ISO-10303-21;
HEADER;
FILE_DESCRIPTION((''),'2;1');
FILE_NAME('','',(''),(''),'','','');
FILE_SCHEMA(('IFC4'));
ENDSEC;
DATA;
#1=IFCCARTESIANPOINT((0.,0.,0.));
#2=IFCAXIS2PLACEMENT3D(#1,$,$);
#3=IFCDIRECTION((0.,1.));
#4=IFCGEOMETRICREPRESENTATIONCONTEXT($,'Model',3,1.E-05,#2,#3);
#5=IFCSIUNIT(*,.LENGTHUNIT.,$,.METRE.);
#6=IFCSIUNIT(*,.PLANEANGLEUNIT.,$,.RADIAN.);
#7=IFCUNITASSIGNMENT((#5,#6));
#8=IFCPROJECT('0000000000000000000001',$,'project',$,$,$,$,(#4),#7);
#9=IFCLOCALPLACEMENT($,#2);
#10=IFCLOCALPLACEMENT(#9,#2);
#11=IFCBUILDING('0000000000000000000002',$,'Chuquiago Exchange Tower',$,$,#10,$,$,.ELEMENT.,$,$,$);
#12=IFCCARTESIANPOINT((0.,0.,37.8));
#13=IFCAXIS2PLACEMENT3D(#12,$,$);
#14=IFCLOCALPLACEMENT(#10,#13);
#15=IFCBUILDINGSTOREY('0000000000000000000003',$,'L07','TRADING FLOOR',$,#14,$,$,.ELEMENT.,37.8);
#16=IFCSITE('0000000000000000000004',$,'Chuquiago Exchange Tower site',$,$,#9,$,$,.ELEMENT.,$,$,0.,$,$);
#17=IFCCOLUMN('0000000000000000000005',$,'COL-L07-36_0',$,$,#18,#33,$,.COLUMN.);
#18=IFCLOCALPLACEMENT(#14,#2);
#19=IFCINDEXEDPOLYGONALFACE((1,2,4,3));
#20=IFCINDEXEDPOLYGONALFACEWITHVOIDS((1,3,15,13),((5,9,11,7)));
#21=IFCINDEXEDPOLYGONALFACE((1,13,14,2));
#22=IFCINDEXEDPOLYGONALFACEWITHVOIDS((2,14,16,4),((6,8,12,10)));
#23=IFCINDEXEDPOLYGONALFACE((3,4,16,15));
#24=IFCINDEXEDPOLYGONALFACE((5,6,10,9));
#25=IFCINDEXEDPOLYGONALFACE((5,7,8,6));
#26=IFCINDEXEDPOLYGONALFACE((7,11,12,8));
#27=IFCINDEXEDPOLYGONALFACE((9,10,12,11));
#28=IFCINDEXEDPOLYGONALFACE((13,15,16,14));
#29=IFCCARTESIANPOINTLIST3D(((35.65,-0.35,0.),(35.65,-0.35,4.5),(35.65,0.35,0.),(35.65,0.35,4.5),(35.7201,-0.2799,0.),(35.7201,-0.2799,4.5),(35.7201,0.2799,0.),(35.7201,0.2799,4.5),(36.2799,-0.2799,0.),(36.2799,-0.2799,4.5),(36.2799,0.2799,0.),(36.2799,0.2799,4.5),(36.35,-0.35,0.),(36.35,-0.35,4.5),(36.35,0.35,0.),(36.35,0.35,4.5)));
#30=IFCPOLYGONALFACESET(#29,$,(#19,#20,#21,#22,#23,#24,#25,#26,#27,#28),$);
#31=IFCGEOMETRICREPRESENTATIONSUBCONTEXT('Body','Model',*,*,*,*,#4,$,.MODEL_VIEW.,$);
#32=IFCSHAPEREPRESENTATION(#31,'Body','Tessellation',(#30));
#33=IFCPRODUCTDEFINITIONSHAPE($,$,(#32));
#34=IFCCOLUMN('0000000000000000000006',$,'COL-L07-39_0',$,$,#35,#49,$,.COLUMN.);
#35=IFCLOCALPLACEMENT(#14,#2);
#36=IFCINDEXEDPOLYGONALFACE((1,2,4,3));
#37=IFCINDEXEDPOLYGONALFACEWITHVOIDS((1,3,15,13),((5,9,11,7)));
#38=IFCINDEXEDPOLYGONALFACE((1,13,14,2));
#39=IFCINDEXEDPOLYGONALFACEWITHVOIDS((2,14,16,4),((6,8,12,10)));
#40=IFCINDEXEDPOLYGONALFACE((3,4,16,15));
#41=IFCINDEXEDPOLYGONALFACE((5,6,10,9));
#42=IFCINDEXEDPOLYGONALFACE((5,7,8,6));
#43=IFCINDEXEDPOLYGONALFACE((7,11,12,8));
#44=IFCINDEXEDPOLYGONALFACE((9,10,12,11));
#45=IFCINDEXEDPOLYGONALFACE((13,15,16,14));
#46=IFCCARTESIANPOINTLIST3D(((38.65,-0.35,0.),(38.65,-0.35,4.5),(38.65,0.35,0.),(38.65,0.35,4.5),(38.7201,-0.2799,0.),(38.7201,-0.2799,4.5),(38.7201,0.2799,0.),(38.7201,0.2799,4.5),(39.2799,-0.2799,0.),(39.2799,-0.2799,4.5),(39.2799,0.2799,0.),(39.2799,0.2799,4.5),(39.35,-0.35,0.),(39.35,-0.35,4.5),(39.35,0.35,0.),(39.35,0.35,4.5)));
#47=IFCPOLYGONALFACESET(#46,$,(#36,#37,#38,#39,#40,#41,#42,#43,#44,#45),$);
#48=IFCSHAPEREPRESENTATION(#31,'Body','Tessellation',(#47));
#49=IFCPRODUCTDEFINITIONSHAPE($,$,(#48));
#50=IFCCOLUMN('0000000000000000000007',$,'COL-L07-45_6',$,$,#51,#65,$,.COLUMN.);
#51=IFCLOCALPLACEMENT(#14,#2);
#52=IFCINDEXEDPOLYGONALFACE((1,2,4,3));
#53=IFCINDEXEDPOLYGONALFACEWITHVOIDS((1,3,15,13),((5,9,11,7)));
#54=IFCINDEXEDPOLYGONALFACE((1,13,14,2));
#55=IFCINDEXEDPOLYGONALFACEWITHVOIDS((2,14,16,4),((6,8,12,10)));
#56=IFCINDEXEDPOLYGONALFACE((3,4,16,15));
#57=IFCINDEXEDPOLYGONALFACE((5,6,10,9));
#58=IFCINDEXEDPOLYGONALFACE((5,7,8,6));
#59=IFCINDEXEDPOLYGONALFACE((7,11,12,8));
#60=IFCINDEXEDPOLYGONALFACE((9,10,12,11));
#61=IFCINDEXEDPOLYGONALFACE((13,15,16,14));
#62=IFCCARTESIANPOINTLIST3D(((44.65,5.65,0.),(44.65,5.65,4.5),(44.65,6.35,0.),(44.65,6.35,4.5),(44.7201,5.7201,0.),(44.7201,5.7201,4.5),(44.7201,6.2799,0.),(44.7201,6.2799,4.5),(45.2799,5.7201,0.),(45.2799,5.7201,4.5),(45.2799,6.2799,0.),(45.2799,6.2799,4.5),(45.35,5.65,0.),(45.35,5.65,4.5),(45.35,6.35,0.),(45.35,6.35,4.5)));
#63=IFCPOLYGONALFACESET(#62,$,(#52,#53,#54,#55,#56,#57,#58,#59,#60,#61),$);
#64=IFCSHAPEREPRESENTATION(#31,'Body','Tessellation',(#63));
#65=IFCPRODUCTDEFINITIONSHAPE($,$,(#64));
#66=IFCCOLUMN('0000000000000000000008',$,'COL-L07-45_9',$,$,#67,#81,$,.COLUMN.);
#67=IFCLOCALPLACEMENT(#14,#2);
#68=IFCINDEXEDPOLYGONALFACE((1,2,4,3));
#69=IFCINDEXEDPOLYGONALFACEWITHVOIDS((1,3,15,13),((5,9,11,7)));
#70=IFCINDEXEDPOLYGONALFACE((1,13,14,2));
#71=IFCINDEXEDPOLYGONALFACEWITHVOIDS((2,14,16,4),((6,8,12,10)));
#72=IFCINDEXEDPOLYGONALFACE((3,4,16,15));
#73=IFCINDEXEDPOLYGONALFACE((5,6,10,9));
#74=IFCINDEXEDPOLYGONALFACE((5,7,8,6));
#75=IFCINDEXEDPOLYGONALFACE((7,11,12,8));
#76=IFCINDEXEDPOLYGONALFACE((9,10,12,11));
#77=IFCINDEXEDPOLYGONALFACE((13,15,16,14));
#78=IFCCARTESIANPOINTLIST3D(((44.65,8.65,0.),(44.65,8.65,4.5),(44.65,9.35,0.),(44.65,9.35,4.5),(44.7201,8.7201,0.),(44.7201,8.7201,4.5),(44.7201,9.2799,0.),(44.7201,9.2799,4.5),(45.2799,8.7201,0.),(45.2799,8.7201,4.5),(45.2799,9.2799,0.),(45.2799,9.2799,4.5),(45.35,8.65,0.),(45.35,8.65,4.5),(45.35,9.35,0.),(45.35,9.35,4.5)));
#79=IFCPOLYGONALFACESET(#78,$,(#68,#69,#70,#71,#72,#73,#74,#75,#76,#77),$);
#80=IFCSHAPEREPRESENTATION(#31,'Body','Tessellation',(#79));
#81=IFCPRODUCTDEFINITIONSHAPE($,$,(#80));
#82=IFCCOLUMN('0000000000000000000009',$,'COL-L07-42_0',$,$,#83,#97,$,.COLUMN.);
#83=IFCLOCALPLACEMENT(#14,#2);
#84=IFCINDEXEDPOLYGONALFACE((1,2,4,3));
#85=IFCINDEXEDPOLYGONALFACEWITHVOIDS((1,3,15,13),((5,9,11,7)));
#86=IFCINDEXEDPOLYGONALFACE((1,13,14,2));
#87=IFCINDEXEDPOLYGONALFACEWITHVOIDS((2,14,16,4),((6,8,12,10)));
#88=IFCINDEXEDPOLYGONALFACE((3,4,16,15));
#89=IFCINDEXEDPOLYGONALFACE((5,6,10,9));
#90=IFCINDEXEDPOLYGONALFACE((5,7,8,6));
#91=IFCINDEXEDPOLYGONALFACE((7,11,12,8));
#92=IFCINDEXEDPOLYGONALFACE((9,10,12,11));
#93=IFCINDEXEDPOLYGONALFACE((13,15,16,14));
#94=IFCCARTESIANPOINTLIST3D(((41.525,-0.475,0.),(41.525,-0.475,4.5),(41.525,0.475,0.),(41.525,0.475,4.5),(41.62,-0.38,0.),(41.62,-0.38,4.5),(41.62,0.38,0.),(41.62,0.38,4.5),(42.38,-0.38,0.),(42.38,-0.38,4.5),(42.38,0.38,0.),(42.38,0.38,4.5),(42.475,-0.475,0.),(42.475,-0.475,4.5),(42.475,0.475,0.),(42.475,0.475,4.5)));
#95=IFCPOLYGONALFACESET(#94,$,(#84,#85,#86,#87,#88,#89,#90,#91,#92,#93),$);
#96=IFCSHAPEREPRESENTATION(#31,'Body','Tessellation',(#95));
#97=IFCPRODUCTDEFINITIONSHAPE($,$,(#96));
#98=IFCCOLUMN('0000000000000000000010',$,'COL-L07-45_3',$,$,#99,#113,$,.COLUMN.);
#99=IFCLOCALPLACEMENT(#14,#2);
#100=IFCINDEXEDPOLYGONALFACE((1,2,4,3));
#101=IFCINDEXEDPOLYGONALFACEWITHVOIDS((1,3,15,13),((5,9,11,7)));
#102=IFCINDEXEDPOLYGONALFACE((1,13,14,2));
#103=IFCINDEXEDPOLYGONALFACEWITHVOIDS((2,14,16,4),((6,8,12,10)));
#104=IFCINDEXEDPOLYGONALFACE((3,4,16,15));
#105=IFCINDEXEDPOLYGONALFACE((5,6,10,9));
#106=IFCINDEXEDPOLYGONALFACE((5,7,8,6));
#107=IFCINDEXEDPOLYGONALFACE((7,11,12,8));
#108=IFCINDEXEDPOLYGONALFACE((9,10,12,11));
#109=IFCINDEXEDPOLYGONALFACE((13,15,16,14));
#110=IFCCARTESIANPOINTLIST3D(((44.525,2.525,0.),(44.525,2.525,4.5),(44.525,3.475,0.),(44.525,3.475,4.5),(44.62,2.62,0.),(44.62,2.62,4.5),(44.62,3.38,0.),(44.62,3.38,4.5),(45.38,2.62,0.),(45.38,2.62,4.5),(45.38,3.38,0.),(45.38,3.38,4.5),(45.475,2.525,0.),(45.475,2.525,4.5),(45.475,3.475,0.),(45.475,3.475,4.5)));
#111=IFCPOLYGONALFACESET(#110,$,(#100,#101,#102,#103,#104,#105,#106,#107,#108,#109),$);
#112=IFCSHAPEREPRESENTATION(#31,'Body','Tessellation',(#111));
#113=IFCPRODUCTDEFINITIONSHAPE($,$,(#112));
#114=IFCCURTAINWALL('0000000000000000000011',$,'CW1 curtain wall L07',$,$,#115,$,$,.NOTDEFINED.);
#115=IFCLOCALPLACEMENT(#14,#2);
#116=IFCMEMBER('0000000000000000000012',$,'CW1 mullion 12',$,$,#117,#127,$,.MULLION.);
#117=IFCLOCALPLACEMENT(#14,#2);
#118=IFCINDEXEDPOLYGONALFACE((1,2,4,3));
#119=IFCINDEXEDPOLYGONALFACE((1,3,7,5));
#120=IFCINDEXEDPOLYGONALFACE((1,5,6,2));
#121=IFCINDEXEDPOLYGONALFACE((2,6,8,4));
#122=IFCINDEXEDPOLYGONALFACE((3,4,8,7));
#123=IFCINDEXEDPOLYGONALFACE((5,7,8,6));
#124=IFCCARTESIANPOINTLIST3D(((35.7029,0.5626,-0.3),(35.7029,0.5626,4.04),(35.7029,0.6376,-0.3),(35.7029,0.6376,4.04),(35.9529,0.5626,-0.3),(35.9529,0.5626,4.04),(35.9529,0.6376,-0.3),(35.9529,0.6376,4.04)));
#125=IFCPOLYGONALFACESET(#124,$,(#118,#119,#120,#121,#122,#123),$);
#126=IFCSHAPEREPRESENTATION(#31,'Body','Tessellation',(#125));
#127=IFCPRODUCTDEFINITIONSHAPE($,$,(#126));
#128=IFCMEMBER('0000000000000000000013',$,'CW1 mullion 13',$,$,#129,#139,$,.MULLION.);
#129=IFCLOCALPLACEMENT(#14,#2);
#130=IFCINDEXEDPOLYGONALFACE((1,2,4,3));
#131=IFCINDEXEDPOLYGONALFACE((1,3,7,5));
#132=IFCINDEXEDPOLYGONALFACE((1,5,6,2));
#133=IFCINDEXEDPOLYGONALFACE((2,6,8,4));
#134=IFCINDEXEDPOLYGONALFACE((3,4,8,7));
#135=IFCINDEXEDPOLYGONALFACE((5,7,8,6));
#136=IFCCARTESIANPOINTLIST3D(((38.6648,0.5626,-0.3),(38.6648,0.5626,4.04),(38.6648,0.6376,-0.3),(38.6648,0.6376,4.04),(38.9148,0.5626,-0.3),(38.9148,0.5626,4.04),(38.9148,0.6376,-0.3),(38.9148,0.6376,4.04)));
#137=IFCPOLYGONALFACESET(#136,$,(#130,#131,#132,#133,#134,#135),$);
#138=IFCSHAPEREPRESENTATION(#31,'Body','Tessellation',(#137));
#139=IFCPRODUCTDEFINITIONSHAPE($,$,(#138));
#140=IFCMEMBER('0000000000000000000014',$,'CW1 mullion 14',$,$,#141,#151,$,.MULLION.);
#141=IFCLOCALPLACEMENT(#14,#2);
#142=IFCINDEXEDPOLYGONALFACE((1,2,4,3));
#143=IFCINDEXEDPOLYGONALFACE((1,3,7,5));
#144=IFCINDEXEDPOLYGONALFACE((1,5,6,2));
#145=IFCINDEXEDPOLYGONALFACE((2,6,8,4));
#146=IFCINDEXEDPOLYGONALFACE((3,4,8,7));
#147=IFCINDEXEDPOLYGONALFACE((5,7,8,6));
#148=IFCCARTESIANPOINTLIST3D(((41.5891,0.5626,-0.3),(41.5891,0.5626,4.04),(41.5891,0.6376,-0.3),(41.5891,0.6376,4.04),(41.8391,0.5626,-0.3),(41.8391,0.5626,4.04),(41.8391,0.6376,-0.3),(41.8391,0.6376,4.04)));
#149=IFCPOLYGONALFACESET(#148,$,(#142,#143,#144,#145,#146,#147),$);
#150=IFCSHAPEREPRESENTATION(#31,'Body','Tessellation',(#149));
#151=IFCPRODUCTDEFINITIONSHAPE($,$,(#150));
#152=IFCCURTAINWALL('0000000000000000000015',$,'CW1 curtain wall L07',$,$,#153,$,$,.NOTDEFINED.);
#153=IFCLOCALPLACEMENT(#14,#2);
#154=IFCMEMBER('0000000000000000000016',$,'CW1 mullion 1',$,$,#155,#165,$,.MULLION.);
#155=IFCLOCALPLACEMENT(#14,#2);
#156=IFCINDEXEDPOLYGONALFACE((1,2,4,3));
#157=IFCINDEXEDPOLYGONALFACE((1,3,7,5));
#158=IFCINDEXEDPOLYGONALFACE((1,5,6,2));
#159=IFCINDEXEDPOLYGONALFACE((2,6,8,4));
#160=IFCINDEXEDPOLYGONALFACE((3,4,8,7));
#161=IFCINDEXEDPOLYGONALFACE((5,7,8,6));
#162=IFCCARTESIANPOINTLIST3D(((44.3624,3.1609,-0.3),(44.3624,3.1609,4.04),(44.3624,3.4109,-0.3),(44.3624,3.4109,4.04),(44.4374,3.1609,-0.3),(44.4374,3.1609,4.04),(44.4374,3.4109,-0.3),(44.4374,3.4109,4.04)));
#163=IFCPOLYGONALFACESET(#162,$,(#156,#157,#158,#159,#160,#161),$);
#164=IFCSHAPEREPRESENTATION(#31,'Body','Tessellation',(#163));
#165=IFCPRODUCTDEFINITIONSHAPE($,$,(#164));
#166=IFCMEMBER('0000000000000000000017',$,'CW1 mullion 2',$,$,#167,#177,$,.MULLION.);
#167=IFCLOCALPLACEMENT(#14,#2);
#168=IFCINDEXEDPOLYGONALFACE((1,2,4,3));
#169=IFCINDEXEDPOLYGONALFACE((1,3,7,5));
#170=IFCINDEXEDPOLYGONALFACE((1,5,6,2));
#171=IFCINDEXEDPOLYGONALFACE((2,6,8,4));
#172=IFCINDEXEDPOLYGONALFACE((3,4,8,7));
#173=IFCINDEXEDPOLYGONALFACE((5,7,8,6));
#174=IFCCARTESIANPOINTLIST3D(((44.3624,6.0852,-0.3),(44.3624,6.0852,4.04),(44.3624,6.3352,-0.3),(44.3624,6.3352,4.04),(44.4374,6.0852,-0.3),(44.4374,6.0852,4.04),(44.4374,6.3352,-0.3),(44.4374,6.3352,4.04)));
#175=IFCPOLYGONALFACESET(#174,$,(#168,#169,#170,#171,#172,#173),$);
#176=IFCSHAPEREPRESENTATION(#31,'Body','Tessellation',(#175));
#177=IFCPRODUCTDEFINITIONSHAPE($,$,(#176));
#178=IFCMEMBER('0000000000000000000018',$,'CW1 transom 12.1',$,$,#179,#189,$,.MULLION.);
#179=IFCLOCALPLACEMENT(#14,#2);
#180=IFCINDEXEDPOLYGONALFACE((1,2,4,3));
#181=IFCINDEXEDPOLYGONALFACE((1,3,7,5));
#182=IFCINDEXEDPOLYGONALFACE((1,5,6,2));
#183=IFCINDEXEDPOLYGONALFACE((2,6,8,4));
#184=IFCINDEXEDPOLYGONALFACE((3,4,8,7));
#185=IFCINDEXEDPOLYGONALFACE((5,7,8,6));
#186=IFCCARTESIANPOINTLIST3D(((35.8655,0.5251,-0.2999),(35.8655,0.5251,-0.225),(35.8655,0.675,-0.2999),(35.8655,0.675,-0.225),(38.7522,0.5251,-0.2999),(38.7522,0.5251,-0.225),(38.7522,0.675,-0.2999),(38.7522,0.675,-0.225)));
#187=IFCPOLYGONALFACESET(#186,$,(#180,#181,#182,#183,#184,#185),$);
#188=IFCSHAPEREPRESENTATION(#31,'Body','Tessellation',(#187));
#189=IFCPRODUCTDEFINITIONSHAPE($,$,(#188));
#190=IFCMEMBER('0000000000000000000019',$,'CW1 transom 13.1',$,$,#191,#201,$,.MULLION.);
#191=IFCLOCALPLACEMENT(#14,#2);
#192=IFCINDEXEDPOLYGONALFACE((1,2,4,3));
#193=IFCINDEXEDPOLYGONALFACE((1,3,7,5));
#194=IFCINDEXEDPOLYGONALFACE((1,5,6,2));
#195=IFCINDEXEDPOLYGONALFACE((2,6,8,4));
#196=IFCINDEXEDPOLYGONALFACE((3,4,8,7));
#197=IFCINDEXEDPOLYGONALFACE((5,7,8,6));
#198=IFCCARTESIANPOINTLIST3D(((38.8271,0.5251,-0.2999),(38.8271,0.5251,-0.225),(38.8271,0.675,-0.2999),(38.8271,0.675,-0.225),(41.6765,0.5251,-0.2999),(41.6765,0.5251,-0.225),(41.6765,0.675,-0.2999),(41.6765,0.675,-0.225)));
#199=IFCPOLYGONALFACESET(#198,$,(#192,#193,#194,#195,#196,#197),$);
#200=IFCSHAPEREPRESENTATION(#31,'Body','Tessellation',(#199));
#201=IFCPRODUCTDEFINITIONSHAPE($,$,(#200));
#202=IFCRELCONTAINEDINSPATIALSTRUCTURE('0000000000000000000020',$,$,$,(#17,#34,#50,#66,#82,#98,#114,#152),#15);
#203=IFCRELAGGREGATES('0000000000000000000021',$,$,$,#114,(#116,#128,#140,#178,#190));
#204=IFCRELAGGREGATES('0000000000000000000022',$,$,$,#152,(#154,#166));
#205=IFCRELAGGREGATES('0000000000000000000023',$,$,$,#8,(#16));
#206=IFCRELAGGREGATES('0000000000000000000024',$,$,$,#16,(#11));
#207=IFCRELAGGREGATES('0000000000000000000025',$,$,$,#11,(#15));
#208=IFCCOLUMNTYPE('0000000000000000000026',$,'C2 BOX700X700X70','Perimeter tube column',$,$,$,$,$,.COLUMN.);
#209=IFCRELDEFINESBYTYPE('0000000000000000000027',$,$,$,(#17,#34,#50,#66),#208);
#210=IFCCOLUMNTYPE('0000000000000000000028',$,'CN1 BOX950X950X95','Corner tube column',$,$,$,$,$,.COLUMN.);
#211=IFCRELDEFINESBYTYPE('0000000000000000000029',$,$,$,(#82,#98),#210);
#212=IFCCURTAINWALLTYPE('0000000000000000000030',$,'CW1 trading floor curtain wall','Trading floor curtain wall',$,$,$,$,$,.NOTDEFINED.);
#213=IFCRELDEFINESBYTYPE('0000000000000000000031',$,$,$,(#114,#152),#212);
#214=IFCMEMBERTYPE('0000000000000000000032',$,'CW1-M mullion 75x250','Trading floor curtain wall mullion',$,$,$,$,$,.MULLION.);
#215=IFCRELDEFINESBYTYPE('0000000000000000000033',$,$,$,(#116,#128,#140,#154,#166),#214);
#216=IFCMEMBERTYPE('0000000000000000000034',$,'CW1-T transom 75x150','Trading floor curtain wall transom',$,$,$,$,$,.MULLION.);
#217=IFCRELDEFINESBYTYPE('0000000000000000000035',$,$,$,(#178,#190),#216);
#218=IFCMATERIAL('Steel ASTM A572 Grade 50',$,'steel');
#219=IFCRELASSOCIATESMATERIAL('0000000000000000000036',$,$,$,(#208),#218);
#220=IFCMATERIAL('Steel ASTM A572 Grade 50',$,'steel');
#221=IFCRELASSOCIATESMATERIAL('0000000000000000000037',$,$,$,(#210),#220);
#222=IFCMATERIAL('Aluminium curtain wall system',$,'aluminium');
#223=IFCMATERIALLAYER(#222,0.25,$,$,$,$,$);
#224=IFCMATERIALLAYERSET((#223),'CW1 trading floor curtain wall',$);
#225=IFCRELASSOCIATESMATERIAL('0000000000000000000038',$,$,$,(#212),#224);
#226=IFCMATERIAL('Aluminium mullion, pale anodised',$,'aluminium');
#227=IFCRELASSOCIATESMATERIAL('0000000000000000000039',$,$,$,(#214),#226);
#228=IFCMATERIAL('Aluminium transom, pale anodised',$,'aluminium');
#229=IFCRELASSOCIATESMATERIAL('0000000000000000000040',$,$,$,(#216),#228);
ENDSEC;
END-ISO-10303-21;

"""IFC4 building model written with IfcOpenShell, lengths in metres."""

from ifc_helpers import new_model, si_unit, direction, frame, origin, origin_2d, place, context, subcontext, project, spatial, rectangle, hollow_rectangle, extrude, material, layer, layer_set, material_profile, profile_set, type_object, element, aggregate, save


model = new_model("IFC4")

# Units and contexts
model_context = context("Model", 3, precision=1e-05, world=origin(), true_north=direction((0.0, 1.0)))
body_context = subcontext(model_context, "Body", "Model", "MODEL_VIEW")
ifc_project = project(units=[si_unit("LENGTHUNIT", "METRE"), si_unit("PLANEANGLEUNIT", "RADIAN")], contexts=[model_context])

# Site, building, storey
site_placement = place(None, origin())
site = spatial("IfcSite", under=ifc_project, at=site_placement, Name="Chuquiago Exchange Tower site", CompositionType="ELEMENT", RefElevation=0.0)
building_placement = place(site_placement, origin())
building = spatial("IfcBuilding", under=site, at=building_placement, Name="Chuquiago Exchange Tower", CompositionType="ELEMENT")
storey_placement = place(building_placement, frame((0.0, 0.0, 37.8)))
storey = spatial("IfcBuildingStorey", under=building, at=storey_placement, Name="L07", Description="TRADING FLOOR", CompositionType="ELEMENT", Elevation=37.8)

# Columns
ifc_material_1 = material(Name="Steel ASTM A572 Grade 50", Category="steel")
ifc_material_profile_1 = material_profile(ifc_material_1, hollow_rectangle(XDim=0.7, YDim=0.7, WallThickness=0.0701, at=origin_2d()), Name="BOX700X700X70")
ifc_profile_set_1 = profile_set([ifc_material_profile_1], Name="Steel ASTM A572 Grade 50")
column_type_1 = type_object("IfcColumnType", Name="C2 BOX700X700X70", Description="Perimeter tube column", PredefinedType="COLUMN", material=ifc_profile_set_1)
for number, where, z_axis, x_axis, name in (
    (1, (36.0, 0.0, 0.0), (0.0, 0.0, 1.0), (0.0, -1.0, 0.0), "COL-L07-36_0"),
    (2, (39.0, 0.0, 0.0), (0.0, 0.0, 1.0), (0.0, -1.0, 0.0), "COL-L07-39_0"),
    (3, (45.0, 6.0, 0.0), (0.0, 0.0, 1.0), (1.0, 0.0, 0.0), "COL-L07-45_6"),
    (4, (45.0, 9.0, 0.0), (0.0, 0.0, 1.0), (1.0, 0.0, 0.0), "COL-L07-45_9"),
):
    element("IfcColumn", number, at=place(storey_placement, frame(where, z_axis=z_axis, x_axis=x_axis)), inside=storey, type_object=column_type_1, Name=name, PredefinedType="COLUMN", context=body_context, shape_type="SweptSolid", body=[
        extrude(hollow_rectangle(XDim=0.7, YDim=0.7, WallThickness=0.0701, at=origin_2d()), origin(), (0.0, 0.0, 1.0), 4.5),
    ])
ifc_material_2 = material(Name="Steel ASTM A572 Grade 50", Category="steel")
ifc_material_profile_2 = material_profile(ifc_material_2, hollow_rectangle(XDim=0.95, YDim=0.95, WallThickness=0.095, at=origin_2d()), Name="BOX950X950X95")
ifc_profile_set_2 = profile_set([ifc_material_profile_2], Name="Steel ASTM A572 Grade 50")
column_type_2 = type_object("IfcColumnType", Name="CN1 BOX950X950X95", Description="Corner tube column", PredefinedType="COLUMN", material=ifc_profile_set_2)
for number, where, z_axis, x_axis, name in (
    (5, (42.0, 0.0, 0.0), (0.0, 0.0, 1.0), (0.0, -1.0, 0.0), "COL-L07-42_0"),
    (6, (45.0, 3.0, 0.0), (0.0, 0.0, 1.0), (1.0, 0.0, 0.0), "COL-L07-45_3"),
):
    element("IfcColumn", number, at=place(storey_placement, frame(where, z_axis=z_axis, x_axis=x_axis)), inside=storey, type_object=column_type_2, Name=name, PredefinedType="COLUMN", context=body_context, shape_type="SweptSolid", body=[
        extrude(hollow_rectangle(XDim=0.95, YDim=0.95, WallThickness=0.095, at=origin_2d()), origin(), (0.0, 0.0, 1.0), 4.5),
    ])

# Curtain walls, members
ifc_material_3 = material(Name="Aluminium curtain wall system", Category="aluminium")
ifc_layer_1 = layer(ifc_material_3, 0.25)
ifc_layer_set_1 = layer_set([ifc_layer_1], Name="CW1 trading floor curtain wall")
curtain_wall_type_1 = type_object("IfcCurtainWallType", Name="CW1 trading floor curtain wall", Description="Trading floor curtain wall", PredefinedType="NOTDEFINED", material=ifc_layer_set_1)
curtain_wall_1_placement = place(storey_placement, origin())
curtain_wall_1 = element("IfcCurtainWall", 7, at=curtain_wall_1_placement, inside=storey, type_object=curtain_wall_type_1, Name="CW1 curtain wall L07", PredefinedType="NOTDEFINED")
ifc_material_4 = material(Name="Aluminium mullion, pale anodised", Category="aluminium")
ifc_material_profile_3 = material_profile(ifc_material_4, rectangle(XDim=0.075, YDim=0.25, at=origin_2d()), Name="AL 75x250")
ifc_profile_set_3 = profile_set([ifc_material_profile_3], Name="Aluminium mullion, pale anodised")
member_type_1 = type_object("IfcMemberType", Name="CW1-M mullion 75x250", Description="Trading floor curtain wall mullion", PredefinedType="MULLION", material=ifc_profile_set_3)
member_1_placement = place(storey_placement, frame((35.8279, 0.6001, -0.3), z_axis=(0.0, 0.0, 1.0), x_axis=(0.0, 1.0, 0.0)))
member_1 = element("IfcMember", 8, at=member_1_placement, type_object=member_type_1, Name="CW1 mullion 12", PredefinedType="MULLION", context=body_context, shape_type="SweptSolid", body=[
    extrude(rectangle(XDim=0.075, YDim=0.25, at=origin_2d()), origin(), (0.0, 0.0, 1.0), 4.3401),
])
member_2_placement = place(storey_placement, frame((38.7898, 0.6001, -0.3), z_axis=(0.0, 0.0, 1.0), x_axis=(0.0, 1.0, 0.0)))
member_2 = element("IfcMember", 9, at=member_2_placement, type_object=member_type_1, Name="CW1 mullion 13", PredefinedType="MULLION", context=body_context, shape_type="SweptSolid", body=[
    extrude(rectangle(XDim=0.075, YDim=0.25, at=origin_2d()), origin(), (0.0, 0.0, 1.0), 4.3401),
])
member_3_placement = place(storey_placement, frame((41.7141, 0.6001, -0.3), z_axis=(0.0, 0.0, 1.0), x_axis=(0.0, 1.0, 0.0)))
member_3 = element("IfcMember", 10, at=member_3_placement, type_object=member_type_1, Name="CW1 mullion 14", PredefinedType="MULLION", context=body_context, shape_type="SweptSolid", body=[
    extrude(rectangle(XDim=0.075, YDim=0.25, at=origin_2d()), origin(), (0.0, 0.0, 1.0), 4.3401),
])
curtain_wall_2_placement = place(storey_placement, origin())
curtain_wall_2 = element("IfcCurtainWall", 11, at=curtain_wall_2_placement, inside=storey, type_object=curtain_wall_type_1, Name="CW1 curtain wall L07", PredefinedType="NOTDEFINED")
member_4_placement = place(storey_placement, frame((44.3999, 3.2859, -0.3), z_axis=(0.0, 0.0, 1.0), x_axis=(-1.0, 0.0, 0.0)))
member_4 = element("IfcMember", 12, at=member_4_placement, type_object=member_type_1, Name="CW1 mullion 1", PredefinedType="MULLION", context=body_context, shape_type="SweptSolid", body=[
    extrude(rectangle(XDim=0.075, YDim=0.25, at=origin_2d()), origin(), (0.0, 0.0, 1.0), 4.3401),
])
member_5_placement = place(storey_placement, frame((44.3999, 6.2102, -0.3), z_axis=(0.0, 0.0, 1.0), x_axis=(-1.0, 0.0, 0.0)))
member_5 = element("IfcMember", 13, at=member_5_placement, type_object=member_type_1, Name="CW1 mullion 2", PredefinedType="MULLION", context=body_context, shape_type="SweptSolid", body=[
    extrude(rectangle(XDim=0.075, YDim=0.25, at=origin_2d()), origin(), (0.0, 0.0, 1.0), 4.3401),
])

# Members
ifc_material_5 = material(Name="Aluminium transom, pale anodised", Category="aluminium")
ifc_material_profile_4 = material_profile(ifc_material_5, rectangle(XDim=0.1499, YDim=0.075, at=origin_2d()), Name="AL 150x75")
ifc_profile_set_4 = profile_set([ifc_material_profile_4], Name="Aluminium transom, pale anodised")
member_type_2 = type_object("IfcMemberType", Name="CW1-T transom 75x150", Description="Trading floor curtain wall transom", PredefinedType="MULLION", material=ifc_profile_set_4)
member_6_placement = place(storey_placement, frame((35.8655, 0.6001, -0.2625), z_axis=(1.0, 0.0, 0.0), x_axis=(0.0, 1.0, 0.0)))
member_6 = element("IfcMember", 14, at=member_6_placement, type_object=member_type_2, Name="CW1 transom 12.1", PredefinedType="MULLION", context=body_context, shape_type="SweptSolid", body=[
    extrude(rectangle(XDim=0.1499, YDim=0.075, at=origin_2d()), origin(), (0.0, 0.0, 1.0), 2.8867),
])
member_7_placement = place(storey_placement, frame((38.8271, 0.6001, -0.2625), z_axis=(1.0, 0.0, 0.0), x_axis=(0.0, 1.0, 0.0)))
member_7 = element("IfcMember", 15, at=member_7_placement, type_object=member_type_2, Name="CW1 transom 13.1", PredefinedType="MULLION", context=body_context, shape_type="SweptSolid", body=[
    extrude(rectangle(XDim=0.1499, YDim=0.075, at=origin_2d()), origin(), (0.0, 0.0, 1.0), 2.8494),
])

aggregate(curtain_wall_1, [member_1, member_2, member_3, member_6, member_7])
aggregate(curtain_wall_2, [member_4, member_5])

save(model, "model.ifc")
